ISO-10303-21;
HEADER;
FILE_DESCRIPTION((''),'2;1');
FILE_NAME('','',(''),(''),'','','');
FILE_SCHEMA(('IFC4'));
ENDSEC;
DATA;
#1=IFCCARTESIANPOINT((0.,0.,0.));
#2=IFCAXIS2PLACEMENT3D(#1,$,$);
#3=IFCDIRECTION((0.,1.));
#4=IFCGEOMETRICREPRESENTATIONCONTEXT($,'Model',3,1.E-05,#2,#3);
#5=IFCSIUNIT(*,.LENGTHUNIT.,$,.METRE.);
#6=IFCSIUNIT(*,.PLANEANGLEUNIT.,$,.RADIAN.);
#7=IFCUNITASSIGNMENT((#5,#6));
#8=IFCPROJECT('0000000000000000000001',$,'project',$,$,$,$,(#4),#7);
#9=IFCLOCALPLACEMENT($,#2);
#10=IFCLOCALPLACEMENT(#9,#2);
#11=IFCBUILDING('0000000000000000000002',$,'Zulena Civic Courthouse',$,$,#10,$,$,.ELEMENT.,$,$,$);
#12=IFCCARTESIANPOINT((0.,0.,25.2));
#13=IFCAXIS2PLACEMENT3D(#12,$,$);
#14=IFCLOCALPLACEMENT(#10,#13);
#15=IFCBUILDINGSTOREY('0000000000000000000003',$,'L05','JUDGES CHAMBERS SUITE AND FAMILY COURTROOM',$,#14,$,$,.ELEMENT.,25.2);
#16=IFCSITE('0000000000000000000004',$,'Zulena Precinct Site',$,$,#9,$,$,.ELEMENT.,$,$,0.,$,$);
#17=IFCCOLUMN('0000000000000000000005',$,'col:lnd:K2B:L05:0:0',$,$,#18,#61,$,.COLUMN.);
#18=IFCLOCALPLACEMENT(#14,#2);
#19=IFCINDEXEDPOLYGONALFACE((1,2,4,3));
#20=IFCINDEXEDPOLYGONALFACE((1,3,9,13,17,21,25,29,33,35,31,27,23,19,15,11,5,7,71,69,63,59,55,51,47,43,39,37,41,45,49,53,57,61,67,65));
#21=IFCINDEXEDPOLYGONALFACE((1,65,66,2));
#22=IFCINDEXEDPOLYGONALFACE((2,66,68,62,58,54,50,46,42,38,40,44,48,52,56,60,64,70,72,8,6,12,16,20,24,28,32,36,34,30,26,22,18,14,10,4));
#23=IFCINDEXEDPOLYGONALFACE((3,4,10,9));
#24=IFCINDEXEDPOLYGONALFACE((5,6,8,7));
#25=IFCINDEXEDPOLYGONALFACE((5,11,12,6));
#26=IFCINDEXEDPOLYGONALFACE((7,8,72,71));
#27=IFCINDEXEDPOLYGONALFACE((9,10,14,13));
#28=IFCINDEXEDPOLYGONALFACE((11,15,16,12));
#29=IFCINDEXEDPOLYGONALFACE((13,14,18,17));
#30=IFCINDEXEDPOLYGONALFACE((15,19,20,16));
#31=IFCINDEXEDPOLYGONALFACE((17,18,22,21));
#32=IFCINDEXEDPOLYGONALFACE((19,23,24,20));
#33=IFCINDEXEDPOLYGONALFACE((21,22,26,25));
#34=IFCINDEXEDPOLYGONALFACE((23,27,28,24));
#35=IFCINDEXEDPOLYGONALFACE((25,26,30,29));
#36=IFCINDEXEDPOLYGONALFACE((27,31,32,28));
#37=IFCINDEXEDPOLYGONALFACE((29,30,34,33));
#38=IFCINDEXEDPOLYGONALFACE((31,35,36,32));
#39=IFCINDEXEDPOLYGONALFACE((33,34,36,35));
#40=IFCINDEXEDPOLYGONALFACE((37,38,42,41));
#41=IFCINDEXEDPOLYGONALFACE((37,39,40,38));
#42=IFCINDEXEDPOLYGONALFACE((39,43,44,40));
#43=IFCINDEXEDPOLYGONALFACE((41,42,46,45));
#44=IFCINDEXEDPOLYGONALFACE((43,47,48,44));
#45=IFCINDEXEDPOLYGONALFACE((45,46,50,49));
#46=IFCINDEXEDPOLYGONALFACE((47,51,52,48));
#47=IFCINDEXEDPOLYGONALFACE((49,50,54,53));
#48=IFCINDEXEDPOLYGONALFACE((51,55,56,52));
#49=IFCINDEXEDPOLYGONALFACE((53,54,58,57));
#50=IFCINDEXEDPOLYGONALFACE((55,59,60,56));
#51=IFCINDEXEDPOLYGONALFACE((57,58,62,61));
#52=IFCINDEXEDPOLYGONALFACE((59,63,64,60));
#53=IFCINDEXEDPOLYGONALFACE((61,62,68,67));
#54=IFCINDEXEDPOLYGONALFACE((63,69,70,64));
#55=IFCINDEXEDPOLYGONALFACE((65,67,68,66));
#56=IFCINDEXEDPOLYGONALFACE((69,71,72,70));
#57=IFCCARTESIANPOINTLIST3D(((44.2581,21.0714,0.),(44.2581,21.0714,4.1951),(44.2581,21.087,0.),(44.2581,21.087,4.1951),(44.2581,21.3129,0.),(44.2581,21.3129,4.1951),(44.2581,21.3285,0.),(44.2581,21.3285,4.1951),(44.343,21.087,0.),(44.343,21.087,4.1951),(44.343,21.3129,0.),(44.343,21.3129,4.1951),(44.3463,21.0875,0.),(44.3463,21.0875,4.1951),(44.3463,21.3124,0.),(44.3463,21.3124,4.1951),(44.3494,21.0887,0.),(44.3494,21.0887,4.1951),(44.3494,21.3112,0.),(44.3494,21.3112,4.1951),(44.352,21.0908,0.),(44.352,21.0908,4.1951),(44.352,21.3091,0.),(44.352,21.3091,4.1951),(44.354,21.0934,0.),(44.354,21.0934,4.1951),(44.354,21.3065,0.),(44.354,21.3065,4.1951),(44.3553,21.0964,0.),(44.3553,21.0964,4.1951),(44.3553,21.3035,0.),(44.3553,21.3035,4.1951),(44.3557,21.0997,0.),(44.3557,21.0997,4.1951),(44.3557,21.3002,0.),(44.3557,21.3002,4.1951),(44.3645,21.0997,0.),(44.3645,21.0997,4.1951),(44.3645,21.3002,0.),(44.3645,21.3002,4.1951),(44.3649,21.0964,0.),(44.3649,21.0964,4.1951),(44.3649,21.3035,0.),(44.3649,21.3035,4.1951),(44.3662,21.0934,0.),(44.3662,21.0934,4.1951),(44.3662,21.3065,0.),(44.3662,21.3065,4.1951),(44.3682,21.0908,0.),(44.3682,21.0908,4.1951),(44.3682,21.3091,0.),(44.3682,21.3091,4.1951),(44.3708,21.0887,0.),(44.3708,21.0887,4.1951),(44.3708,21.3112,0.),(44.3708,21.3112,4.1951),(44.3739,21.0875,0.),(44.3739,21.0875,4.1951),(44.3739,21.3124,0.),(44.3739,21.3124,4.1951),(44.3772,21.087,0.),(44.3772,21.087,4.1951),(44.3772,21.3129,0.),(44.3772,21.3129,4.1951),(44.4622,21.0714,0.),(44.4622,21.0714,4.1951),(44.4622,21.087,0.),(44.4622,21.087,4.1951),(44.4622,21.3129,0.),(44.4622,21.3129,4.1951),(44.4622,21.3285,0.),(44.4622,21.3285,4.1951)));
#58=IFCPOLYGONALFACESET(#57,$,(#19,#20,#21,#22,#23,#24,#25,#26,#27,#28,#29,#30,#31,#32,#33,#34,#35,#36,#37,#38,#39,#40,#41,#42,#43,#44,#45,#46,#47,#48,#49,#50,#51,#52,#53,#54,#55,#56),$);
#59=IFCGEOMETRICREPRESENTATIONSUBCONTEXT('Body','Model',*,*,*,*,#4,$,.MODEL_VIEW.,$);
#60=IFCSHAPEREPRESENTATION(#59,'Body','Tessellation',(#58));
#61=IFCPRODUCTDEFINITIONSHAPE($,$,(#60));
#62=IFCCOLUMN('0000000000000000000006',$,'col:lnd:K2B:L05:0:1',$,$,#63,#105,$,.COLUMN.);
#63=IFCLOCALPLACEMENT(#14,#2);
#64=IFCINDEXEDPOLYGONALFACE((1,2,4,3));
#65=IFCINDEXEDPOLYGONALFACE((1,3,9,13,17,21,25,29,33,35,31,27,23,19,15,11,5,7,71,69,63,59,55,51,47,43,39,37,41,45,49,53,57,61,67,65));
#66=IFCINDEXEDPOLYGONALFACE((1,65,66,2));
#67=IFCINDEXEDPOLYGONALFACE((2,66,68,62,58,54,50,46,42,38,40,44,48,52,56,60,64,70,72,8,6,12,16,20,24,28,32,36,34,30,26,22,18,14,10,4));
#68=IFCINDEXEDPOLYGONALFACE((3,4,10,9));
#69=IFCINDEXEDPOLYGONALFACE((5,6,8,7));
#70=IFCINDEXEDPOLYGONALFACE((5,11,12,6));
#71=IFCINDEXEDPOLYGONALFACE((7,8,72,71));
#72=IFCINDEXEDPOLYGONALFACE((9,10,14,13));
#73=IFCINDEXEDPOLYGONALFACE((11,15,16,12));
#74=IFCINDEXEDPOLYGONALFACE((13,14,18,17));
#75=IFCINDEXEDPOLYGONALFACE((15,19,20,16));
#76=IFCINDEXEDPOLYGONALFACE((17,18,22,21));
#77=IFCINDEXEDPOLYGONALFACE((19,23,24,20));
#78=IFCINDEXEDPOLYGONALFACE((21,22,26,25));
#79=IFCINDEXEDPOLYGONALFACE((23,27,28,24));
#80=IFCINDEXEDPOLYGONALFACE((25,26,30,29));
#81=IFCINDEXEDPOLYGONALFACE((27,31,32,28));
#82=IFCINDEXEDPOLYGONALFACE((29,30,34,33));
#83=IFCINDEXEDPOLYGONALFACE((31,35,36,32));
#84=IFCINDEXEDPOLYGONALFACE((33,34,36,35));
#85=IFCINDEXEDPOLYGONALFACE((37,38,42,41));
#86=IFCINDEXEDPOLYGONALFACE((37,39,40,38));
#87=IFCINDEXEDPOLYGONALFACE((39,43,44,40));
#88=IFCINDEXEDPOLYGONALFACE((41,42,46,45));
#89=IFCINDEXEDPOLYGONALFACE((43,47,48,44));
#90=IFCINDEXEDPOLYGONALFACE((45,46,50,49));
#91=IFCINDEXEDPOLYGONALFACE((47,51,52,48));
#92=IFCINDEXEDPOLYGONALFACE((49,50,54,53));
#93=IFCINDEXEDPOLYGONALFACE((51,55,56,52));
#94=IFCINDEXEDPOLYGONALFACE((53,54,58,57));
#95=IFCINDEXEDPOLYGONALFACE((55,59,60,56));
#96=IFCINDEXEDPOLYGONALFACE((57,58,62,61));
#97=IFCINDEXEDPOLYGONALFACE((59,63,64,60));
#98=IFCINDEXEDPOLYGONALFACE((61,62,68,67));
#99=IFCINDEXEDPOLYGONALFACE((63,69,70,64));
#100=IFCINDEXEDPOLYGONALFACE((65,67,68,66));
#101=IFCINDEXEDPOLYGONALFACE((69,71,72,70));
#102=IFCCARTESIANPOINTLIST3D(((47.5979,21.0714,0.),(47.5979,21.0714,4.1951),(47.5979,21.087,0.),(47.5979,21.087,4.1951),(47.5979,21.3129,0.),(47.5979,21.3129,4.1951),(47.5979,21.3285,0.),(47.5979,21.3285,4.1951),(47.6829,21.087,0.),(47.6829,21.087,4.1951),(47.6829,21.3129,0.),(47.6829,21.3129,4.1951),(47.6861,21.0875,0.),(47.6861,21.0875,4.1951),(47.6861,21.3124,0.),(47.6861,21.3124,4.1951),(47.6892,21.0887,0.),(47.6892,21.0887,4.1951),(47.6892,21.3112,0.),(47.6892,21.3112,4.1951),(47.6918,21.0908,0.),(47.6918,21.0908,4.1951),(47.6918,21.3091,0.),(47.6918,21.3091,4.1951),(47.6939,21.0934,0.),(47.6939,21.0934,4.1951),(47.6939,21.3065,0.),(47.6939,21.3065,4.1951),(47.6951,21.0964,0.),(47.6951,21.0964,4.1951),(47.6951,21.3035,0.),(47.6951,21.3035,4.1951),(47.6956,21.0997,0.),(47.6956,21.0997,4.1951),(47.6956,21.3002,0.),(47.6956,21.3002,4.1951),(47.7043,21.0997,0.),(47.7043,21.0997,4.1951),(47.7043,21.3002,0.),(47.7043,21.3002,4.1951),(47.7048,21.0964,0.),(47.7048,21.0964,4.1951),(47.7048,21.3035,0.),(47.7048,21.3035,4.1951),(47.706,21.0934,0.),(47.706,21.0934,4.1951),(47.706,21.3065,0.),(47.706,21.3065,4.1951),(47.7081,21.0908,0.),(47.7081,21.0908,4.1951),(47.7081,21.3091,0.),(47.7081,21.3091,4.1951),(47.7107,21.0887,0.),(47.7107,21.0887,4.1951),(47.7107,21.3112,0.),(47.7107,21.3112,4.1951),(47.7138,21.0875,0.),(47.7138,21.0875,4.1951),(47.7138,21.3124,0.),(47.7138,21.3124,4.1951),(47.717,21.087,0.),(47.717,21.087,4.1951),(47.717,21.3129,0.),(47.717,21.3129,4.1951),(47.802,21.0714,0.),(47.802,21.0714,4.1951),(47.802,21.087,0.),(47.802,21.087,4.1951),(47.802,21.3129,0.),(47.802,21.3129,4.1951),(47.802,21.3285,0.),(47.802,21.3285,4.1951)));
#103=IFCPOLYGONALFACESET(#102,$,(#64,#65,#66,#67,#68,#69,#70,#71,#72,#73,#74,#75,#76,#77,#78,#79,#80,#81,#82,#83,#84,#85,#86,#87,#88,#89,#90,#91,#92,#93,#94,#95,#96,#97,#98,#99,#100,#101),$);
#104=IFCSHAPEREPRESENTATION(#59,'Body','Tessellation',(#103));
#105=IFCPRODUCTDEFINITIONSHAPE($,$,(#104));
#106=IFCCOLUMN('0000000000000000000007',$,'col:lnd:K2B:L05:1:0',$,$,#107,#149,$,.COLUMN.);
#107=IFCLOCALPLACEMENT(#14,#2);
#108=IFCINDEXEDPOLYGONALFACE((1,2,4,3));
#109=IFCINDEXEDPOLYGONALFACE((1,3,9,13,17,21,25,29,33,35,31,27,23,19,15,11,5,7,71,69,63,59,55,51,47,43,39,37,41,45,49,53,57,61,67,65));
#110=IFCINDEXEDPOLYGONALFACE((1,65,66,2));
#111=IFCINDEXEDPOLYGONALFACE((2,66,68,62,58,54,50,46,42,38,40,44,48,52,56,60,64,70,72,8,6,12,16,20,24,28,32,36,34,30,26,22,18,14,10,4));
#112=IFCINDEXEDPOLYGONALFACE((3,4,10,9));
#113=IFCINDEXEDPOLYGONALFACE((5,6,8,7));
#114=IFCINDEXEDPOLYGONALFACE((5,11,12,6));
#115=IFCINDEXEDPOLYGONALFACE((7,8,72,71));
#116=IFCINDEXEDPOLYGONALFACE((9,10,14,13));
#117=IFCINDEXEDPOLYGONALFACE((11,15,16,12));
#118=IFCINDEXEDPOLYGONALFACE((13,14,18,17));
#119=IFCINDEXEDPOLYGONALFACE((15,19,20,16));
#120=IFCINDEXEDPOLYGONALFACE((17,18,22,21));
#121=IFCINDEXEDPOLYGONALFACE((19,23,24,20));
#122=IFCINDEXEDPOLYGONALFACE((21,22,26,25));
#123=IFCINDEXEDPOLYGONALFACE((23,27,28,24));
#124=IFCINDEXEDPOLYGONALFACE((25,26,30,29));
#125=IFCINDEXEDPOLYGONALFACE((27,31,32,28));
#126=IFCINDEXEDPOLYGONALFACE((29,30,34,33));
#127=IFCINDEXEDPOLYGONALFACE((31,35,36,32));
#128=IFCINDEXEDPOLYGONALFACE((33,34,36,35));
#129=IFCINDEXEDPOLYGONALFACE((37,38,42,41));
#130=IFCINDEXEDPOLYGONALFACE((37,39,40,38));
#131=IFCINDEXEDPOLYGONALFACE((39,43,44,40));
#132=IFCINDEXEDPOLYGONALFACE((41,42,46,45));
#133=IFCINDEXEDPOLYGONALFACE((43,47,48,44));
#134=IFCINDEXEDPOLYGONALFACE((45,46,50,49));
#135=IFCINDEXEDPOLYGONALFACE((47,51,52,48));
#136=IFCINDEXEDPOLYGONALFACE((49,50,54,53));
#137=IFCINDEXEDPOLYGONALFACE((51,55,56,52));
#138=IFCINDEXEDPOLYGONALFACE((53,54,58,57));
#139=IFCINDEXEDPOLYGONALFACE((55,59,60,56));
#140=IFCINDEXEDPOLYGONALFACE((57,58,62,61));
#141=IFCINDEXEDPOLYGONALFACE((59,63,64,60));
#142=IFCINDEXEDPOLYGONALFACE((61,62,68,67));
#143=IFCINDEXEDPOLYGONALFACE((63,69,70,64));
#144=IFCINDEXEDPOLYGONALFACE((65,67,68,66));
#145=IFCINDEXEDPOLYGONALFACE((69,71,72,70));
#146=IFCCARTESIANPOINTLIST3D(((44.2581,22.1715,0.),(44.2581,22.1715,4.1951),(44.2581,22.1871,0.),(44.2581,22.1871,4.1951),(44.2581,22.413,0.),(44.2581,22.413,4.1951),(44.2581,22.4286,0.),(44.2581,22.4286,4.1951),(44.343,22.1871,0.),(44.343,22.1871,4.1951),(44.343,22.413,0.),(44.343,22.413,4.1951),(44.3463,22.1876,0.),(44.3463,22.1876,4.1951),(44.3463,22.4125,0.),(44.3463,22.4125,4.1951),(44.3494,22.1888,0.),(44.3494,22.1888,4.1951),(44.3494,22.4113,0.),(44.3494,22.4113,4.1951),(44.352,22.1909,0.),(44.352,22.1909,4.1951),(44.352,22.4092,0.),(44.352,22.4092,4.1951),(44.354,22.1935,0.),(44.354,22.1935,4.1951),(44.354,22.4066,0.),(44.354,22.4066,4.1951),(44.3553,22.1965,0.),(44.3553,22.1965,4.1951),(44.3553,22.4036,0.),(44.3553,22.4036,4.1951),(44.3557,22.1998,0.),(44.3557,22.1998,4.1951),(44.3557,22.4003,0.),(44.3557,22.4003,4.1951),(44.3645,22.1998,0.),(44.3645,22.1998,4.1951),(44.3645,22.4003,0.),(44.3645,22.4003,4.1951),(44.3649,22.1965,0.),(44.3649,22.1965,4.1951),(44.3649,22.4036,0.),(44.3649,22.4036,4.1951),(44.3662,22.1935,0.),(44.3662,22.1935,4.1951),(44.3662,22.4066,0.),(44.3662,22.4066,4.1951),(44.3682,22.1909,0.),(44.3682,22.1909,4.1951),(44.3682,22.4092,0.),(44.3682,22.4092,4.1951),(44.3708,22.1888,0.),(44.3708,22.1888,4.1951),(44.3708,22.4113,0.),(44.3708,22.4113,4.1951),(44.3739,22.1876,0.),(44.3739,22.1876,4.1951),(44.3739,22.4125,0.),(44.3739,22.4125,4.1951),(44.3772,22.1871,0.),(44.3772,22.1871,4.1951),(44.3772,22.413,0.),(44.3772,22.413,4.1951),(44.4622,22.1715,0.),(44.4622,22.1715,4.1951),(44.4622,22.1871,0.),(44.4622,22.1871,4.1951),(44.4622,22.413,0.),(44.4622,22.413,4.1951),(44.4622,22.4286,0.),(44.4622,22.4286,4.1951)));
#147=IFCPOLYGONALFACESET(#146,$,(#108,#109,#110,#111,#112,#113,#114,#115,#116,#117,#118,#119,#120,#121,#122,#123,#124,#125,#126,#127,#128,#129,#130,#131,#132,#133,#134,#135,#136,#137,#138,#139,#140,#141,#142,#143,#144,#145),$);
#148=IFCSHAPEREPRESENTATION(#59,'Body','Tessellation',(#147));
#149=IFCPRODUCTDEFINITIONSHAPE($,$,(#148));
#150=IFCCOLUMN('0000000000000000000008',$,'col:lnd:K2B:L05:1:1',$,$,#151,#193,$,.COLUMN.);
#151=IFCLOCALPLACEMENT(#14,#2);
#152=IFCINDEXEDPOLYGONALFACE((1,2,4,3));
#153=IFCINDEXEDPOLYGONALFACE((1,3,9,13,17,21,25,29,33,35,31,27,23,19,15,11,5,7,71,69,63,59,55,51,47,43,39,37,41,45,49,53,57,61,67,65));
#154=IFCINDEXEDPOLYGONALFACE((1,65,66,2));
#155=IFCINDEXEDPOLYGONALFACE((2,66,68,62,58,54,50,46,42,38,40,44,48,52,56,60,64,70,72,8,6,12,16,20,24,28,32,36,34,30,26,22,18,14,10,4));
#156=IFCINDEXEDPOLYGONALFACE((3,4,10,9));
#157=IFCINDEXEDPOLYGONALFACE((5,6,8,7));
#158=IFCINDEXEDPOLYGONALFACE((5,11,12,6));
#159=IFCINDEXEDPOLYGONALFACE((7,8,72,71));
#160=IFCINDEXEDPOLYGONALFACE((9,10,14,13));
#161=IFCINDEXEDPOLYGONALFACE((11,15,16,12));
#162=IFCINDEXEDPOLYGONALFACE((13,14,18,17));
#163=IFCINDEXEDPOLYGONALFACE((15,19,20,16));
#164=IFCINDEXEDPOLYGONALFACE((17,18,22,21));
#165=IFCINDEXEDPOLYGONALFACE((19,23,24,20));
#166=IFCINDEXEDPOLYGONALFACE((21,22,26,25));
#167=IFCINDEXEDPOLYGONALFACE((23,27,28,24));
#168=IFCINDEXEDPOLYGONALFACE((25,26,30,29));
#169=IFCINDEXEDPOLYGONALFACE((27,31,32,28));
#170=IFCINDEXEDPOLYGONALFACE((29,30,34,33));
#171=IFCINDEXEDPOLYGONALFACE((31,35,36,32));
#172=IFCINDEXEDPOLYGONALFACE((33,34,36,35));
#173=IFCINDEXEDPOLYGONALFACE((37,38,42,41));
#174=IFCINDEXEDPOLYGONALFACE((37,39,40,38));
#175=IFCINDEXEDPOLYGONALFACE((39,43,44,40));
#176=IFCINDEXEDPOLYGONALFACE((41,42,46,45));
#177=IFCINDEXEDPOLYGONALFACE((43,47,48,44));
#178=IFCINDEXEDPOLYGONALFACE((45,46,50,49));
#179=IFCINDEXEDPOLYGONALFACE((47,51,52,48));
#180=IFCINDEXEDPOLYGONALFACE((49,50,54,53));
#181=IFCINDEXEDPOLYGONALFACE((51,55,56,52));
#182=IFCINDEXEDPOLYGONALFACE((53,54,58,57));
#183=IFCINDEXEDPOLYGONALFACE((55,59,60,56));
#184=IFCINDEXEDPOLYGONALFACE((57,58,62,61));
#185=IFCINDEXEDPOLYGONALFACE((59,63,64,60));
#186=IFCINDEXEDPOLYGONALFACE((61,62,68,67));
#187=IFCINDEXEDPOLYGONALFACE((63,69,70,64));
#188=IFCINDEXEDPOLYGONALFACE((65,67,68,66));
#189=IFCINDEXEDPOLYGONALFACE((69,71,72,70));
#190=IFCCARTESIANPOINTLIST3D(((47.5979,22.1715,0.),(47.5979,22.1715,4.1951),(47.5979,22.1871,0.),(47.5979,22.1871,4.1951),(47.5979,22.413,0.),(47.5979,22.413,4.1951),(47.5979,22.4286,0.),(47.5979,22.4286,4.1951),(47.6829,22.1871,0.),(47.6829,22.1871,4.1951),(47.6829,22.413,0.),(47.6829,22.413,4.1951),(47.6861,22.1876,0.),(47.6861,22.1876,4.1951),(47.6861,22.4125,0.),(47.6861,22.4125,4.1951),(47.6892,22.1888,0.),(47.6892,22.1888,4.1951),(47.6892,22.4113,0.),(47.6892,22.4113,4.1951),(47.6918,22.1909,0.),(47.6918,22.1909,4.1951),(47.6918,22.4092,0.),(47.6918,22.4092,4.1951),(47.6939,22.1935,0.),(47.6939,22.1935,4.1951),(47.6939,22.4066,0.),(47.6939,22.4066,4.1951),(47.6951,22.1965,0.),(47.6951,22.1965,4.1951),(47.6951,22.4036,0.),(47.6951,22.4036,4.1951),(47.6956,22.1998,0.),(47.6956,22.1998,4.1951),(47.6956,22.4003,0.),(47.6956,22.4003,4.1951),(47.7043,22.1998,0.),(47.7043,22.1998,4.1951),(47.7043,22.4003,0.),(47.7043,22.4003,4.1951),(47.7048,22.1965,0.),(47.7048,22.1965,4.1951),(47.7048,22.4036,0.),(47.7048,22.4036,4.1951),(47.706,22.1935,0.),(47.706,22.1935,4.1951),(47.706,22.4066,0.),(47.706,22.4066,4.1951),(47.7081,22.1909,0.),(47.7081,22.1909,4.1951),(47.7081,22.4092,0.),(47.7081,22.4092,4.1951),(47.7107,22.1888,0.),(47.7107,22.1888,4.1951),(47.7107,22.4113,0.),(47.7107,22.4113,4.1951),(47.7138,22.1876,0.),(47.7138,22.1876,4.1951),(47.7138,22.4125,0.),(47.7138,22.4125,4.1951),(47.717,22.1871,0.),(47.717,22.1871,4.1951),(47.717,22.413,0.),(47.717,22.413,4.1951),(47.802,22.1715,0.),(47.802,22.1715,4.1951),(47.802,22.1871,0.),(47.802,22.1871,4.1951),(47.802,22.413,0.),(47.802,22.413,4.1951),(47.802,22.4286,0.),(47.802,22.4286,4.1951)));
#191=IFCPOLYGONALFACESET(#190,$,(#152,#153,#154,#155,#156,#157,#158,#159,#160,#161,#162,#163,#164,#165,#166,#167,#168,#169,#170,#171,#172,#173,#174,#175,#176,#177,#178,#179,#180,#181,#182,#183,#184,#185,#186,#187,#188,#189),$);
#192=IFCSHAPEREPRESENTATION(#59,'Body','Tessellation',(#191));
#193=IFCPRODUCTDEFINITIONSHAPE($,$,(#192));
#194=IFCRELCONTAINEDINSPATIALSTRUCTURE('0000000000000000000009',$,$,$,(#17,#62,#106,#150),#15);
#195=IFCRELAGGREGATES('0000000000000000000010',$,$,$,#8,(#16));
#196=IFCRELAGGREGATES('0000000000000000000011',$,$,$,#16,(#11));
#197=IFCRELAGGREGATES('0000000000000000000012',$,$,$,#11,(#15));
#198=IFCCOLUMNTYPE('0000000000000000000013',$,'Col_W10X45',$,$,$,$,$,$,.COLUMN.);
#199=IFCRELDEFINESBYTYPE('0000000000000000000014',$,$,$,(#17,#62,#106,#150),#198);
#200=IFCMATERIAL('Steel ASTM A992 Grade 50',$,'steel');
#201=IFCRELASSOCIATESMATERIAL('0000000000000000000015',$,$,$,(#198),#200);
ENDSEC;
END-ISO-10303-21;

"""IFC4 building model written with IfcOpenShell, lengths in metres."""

from ifc_helpers import new_model, si_unit, direction, frame, origin, origin_2d, place, context, subcontext, project, spatial, i_section, extrude, material, material_profile, profile_set, type_object, element, save


model = new_model("IFC4")

# Units and contexts
model_context = context("Model", 3, precision=1e-05, world=origin(), true_north=direction((0.0, 1.0)))
body_context = subcontext(model_context, "Body", "Model", "MODEL_VIEW")
ifc_project = project(units=[si_unit("LENGTHUNIT", "METRE"), si_unit("PLANEANGLEUNIT", "RADIAN")], contexts=[model_context])

# Site, building, storey
site_placement = place(None, origin())
site = spatial("IfcSite", under=ifc_project, at=site_placement, Name="Zulena Precinct Site", CompositionType="ELEMENT", RefElevation=0.0)
building_placement = place(site_placement, origin())
building = spatial("IfcBuilding", under=site, at=building_placement, Name="Zulena Civic Courthouse", CompositionType="ELEMENT")
storey_placement = place(building_placement, frame((0.0, 0.0, 25.2)))
storey = spatial("IfcBuildingStorey", under=building, at=storey_placement, Name="L05", Description="JUDGES CHAMBERS SUITE AND FAMILY COURTROOM", CompositionType="ELEMENT", Elevation=25.2)

# Columns
ifc_material_1 = material(Name="Steel ASTM A992 Grade 50", Category="steel")
ifc_material_profile_1 = material_profile(ifc_material_1, i_section(OverallWidth=0.2041, OverallDepth=0.2571, WebThickness=0.0088, FlangeThickness=0.0156, FilletRadius=0.0127, at=origin_2d()), Name="W10X45")
ifc_profile_set_1 = profile_set([ifc_material_profile_1], Name="Steel ASTM A992 Grade 50")
column_type_1 = type_object("IfcColumnType", Name="Col_W10X45", PredefinedType="COLUMN", material=ifc_profile_set_1)
for number, where, z_axis, x_axis, name in (
    (1, (44.3601, 21.2, 0.0), (0.0, 0.0, 1.0), (1.0, 0.0, 0.0), "col:lnd:K2B:L05:0:0"),
    (2, (47.7, 21.2, 0.0), (0.0, 0.0, 1.0), (1.0, 0.0, 0.0), "col:lnd:K2B:L05:0:1"),
    (3, (44.3601, 22.3, 0.0), (0.0, 0.0, 1.0), (1.0, 0.0, 0.0), "col:lnd:K2B:L05:1:0"),
    (4, (47.7, 22.3, 0.0), (0.0, 0.0, 1.0), (1.0, 0.0, 0.0), "col:lnd:K2B:L05:1:1"),
):
    element("IfcColumn", number, at=place(storey_placement, frame(where, z_axis=z_axis, x_axis=x_axis)), inside=storey, type_object=column_type_1, Name=name, PredefinedType="COLUMN", context=body_context, shape_type="SweptSolid", body=[
        extrude(i_section(OverallWidth=0.2041, OverallDepth=0.2571, WebThickness=0.0088, FlangeThickness=0.0156, FilletRadius=0.0127, at=origin_2d()), origin(), (0.0, 0.0, 1.0), 4.1951),
    ])

save(model, "model.ifc")
